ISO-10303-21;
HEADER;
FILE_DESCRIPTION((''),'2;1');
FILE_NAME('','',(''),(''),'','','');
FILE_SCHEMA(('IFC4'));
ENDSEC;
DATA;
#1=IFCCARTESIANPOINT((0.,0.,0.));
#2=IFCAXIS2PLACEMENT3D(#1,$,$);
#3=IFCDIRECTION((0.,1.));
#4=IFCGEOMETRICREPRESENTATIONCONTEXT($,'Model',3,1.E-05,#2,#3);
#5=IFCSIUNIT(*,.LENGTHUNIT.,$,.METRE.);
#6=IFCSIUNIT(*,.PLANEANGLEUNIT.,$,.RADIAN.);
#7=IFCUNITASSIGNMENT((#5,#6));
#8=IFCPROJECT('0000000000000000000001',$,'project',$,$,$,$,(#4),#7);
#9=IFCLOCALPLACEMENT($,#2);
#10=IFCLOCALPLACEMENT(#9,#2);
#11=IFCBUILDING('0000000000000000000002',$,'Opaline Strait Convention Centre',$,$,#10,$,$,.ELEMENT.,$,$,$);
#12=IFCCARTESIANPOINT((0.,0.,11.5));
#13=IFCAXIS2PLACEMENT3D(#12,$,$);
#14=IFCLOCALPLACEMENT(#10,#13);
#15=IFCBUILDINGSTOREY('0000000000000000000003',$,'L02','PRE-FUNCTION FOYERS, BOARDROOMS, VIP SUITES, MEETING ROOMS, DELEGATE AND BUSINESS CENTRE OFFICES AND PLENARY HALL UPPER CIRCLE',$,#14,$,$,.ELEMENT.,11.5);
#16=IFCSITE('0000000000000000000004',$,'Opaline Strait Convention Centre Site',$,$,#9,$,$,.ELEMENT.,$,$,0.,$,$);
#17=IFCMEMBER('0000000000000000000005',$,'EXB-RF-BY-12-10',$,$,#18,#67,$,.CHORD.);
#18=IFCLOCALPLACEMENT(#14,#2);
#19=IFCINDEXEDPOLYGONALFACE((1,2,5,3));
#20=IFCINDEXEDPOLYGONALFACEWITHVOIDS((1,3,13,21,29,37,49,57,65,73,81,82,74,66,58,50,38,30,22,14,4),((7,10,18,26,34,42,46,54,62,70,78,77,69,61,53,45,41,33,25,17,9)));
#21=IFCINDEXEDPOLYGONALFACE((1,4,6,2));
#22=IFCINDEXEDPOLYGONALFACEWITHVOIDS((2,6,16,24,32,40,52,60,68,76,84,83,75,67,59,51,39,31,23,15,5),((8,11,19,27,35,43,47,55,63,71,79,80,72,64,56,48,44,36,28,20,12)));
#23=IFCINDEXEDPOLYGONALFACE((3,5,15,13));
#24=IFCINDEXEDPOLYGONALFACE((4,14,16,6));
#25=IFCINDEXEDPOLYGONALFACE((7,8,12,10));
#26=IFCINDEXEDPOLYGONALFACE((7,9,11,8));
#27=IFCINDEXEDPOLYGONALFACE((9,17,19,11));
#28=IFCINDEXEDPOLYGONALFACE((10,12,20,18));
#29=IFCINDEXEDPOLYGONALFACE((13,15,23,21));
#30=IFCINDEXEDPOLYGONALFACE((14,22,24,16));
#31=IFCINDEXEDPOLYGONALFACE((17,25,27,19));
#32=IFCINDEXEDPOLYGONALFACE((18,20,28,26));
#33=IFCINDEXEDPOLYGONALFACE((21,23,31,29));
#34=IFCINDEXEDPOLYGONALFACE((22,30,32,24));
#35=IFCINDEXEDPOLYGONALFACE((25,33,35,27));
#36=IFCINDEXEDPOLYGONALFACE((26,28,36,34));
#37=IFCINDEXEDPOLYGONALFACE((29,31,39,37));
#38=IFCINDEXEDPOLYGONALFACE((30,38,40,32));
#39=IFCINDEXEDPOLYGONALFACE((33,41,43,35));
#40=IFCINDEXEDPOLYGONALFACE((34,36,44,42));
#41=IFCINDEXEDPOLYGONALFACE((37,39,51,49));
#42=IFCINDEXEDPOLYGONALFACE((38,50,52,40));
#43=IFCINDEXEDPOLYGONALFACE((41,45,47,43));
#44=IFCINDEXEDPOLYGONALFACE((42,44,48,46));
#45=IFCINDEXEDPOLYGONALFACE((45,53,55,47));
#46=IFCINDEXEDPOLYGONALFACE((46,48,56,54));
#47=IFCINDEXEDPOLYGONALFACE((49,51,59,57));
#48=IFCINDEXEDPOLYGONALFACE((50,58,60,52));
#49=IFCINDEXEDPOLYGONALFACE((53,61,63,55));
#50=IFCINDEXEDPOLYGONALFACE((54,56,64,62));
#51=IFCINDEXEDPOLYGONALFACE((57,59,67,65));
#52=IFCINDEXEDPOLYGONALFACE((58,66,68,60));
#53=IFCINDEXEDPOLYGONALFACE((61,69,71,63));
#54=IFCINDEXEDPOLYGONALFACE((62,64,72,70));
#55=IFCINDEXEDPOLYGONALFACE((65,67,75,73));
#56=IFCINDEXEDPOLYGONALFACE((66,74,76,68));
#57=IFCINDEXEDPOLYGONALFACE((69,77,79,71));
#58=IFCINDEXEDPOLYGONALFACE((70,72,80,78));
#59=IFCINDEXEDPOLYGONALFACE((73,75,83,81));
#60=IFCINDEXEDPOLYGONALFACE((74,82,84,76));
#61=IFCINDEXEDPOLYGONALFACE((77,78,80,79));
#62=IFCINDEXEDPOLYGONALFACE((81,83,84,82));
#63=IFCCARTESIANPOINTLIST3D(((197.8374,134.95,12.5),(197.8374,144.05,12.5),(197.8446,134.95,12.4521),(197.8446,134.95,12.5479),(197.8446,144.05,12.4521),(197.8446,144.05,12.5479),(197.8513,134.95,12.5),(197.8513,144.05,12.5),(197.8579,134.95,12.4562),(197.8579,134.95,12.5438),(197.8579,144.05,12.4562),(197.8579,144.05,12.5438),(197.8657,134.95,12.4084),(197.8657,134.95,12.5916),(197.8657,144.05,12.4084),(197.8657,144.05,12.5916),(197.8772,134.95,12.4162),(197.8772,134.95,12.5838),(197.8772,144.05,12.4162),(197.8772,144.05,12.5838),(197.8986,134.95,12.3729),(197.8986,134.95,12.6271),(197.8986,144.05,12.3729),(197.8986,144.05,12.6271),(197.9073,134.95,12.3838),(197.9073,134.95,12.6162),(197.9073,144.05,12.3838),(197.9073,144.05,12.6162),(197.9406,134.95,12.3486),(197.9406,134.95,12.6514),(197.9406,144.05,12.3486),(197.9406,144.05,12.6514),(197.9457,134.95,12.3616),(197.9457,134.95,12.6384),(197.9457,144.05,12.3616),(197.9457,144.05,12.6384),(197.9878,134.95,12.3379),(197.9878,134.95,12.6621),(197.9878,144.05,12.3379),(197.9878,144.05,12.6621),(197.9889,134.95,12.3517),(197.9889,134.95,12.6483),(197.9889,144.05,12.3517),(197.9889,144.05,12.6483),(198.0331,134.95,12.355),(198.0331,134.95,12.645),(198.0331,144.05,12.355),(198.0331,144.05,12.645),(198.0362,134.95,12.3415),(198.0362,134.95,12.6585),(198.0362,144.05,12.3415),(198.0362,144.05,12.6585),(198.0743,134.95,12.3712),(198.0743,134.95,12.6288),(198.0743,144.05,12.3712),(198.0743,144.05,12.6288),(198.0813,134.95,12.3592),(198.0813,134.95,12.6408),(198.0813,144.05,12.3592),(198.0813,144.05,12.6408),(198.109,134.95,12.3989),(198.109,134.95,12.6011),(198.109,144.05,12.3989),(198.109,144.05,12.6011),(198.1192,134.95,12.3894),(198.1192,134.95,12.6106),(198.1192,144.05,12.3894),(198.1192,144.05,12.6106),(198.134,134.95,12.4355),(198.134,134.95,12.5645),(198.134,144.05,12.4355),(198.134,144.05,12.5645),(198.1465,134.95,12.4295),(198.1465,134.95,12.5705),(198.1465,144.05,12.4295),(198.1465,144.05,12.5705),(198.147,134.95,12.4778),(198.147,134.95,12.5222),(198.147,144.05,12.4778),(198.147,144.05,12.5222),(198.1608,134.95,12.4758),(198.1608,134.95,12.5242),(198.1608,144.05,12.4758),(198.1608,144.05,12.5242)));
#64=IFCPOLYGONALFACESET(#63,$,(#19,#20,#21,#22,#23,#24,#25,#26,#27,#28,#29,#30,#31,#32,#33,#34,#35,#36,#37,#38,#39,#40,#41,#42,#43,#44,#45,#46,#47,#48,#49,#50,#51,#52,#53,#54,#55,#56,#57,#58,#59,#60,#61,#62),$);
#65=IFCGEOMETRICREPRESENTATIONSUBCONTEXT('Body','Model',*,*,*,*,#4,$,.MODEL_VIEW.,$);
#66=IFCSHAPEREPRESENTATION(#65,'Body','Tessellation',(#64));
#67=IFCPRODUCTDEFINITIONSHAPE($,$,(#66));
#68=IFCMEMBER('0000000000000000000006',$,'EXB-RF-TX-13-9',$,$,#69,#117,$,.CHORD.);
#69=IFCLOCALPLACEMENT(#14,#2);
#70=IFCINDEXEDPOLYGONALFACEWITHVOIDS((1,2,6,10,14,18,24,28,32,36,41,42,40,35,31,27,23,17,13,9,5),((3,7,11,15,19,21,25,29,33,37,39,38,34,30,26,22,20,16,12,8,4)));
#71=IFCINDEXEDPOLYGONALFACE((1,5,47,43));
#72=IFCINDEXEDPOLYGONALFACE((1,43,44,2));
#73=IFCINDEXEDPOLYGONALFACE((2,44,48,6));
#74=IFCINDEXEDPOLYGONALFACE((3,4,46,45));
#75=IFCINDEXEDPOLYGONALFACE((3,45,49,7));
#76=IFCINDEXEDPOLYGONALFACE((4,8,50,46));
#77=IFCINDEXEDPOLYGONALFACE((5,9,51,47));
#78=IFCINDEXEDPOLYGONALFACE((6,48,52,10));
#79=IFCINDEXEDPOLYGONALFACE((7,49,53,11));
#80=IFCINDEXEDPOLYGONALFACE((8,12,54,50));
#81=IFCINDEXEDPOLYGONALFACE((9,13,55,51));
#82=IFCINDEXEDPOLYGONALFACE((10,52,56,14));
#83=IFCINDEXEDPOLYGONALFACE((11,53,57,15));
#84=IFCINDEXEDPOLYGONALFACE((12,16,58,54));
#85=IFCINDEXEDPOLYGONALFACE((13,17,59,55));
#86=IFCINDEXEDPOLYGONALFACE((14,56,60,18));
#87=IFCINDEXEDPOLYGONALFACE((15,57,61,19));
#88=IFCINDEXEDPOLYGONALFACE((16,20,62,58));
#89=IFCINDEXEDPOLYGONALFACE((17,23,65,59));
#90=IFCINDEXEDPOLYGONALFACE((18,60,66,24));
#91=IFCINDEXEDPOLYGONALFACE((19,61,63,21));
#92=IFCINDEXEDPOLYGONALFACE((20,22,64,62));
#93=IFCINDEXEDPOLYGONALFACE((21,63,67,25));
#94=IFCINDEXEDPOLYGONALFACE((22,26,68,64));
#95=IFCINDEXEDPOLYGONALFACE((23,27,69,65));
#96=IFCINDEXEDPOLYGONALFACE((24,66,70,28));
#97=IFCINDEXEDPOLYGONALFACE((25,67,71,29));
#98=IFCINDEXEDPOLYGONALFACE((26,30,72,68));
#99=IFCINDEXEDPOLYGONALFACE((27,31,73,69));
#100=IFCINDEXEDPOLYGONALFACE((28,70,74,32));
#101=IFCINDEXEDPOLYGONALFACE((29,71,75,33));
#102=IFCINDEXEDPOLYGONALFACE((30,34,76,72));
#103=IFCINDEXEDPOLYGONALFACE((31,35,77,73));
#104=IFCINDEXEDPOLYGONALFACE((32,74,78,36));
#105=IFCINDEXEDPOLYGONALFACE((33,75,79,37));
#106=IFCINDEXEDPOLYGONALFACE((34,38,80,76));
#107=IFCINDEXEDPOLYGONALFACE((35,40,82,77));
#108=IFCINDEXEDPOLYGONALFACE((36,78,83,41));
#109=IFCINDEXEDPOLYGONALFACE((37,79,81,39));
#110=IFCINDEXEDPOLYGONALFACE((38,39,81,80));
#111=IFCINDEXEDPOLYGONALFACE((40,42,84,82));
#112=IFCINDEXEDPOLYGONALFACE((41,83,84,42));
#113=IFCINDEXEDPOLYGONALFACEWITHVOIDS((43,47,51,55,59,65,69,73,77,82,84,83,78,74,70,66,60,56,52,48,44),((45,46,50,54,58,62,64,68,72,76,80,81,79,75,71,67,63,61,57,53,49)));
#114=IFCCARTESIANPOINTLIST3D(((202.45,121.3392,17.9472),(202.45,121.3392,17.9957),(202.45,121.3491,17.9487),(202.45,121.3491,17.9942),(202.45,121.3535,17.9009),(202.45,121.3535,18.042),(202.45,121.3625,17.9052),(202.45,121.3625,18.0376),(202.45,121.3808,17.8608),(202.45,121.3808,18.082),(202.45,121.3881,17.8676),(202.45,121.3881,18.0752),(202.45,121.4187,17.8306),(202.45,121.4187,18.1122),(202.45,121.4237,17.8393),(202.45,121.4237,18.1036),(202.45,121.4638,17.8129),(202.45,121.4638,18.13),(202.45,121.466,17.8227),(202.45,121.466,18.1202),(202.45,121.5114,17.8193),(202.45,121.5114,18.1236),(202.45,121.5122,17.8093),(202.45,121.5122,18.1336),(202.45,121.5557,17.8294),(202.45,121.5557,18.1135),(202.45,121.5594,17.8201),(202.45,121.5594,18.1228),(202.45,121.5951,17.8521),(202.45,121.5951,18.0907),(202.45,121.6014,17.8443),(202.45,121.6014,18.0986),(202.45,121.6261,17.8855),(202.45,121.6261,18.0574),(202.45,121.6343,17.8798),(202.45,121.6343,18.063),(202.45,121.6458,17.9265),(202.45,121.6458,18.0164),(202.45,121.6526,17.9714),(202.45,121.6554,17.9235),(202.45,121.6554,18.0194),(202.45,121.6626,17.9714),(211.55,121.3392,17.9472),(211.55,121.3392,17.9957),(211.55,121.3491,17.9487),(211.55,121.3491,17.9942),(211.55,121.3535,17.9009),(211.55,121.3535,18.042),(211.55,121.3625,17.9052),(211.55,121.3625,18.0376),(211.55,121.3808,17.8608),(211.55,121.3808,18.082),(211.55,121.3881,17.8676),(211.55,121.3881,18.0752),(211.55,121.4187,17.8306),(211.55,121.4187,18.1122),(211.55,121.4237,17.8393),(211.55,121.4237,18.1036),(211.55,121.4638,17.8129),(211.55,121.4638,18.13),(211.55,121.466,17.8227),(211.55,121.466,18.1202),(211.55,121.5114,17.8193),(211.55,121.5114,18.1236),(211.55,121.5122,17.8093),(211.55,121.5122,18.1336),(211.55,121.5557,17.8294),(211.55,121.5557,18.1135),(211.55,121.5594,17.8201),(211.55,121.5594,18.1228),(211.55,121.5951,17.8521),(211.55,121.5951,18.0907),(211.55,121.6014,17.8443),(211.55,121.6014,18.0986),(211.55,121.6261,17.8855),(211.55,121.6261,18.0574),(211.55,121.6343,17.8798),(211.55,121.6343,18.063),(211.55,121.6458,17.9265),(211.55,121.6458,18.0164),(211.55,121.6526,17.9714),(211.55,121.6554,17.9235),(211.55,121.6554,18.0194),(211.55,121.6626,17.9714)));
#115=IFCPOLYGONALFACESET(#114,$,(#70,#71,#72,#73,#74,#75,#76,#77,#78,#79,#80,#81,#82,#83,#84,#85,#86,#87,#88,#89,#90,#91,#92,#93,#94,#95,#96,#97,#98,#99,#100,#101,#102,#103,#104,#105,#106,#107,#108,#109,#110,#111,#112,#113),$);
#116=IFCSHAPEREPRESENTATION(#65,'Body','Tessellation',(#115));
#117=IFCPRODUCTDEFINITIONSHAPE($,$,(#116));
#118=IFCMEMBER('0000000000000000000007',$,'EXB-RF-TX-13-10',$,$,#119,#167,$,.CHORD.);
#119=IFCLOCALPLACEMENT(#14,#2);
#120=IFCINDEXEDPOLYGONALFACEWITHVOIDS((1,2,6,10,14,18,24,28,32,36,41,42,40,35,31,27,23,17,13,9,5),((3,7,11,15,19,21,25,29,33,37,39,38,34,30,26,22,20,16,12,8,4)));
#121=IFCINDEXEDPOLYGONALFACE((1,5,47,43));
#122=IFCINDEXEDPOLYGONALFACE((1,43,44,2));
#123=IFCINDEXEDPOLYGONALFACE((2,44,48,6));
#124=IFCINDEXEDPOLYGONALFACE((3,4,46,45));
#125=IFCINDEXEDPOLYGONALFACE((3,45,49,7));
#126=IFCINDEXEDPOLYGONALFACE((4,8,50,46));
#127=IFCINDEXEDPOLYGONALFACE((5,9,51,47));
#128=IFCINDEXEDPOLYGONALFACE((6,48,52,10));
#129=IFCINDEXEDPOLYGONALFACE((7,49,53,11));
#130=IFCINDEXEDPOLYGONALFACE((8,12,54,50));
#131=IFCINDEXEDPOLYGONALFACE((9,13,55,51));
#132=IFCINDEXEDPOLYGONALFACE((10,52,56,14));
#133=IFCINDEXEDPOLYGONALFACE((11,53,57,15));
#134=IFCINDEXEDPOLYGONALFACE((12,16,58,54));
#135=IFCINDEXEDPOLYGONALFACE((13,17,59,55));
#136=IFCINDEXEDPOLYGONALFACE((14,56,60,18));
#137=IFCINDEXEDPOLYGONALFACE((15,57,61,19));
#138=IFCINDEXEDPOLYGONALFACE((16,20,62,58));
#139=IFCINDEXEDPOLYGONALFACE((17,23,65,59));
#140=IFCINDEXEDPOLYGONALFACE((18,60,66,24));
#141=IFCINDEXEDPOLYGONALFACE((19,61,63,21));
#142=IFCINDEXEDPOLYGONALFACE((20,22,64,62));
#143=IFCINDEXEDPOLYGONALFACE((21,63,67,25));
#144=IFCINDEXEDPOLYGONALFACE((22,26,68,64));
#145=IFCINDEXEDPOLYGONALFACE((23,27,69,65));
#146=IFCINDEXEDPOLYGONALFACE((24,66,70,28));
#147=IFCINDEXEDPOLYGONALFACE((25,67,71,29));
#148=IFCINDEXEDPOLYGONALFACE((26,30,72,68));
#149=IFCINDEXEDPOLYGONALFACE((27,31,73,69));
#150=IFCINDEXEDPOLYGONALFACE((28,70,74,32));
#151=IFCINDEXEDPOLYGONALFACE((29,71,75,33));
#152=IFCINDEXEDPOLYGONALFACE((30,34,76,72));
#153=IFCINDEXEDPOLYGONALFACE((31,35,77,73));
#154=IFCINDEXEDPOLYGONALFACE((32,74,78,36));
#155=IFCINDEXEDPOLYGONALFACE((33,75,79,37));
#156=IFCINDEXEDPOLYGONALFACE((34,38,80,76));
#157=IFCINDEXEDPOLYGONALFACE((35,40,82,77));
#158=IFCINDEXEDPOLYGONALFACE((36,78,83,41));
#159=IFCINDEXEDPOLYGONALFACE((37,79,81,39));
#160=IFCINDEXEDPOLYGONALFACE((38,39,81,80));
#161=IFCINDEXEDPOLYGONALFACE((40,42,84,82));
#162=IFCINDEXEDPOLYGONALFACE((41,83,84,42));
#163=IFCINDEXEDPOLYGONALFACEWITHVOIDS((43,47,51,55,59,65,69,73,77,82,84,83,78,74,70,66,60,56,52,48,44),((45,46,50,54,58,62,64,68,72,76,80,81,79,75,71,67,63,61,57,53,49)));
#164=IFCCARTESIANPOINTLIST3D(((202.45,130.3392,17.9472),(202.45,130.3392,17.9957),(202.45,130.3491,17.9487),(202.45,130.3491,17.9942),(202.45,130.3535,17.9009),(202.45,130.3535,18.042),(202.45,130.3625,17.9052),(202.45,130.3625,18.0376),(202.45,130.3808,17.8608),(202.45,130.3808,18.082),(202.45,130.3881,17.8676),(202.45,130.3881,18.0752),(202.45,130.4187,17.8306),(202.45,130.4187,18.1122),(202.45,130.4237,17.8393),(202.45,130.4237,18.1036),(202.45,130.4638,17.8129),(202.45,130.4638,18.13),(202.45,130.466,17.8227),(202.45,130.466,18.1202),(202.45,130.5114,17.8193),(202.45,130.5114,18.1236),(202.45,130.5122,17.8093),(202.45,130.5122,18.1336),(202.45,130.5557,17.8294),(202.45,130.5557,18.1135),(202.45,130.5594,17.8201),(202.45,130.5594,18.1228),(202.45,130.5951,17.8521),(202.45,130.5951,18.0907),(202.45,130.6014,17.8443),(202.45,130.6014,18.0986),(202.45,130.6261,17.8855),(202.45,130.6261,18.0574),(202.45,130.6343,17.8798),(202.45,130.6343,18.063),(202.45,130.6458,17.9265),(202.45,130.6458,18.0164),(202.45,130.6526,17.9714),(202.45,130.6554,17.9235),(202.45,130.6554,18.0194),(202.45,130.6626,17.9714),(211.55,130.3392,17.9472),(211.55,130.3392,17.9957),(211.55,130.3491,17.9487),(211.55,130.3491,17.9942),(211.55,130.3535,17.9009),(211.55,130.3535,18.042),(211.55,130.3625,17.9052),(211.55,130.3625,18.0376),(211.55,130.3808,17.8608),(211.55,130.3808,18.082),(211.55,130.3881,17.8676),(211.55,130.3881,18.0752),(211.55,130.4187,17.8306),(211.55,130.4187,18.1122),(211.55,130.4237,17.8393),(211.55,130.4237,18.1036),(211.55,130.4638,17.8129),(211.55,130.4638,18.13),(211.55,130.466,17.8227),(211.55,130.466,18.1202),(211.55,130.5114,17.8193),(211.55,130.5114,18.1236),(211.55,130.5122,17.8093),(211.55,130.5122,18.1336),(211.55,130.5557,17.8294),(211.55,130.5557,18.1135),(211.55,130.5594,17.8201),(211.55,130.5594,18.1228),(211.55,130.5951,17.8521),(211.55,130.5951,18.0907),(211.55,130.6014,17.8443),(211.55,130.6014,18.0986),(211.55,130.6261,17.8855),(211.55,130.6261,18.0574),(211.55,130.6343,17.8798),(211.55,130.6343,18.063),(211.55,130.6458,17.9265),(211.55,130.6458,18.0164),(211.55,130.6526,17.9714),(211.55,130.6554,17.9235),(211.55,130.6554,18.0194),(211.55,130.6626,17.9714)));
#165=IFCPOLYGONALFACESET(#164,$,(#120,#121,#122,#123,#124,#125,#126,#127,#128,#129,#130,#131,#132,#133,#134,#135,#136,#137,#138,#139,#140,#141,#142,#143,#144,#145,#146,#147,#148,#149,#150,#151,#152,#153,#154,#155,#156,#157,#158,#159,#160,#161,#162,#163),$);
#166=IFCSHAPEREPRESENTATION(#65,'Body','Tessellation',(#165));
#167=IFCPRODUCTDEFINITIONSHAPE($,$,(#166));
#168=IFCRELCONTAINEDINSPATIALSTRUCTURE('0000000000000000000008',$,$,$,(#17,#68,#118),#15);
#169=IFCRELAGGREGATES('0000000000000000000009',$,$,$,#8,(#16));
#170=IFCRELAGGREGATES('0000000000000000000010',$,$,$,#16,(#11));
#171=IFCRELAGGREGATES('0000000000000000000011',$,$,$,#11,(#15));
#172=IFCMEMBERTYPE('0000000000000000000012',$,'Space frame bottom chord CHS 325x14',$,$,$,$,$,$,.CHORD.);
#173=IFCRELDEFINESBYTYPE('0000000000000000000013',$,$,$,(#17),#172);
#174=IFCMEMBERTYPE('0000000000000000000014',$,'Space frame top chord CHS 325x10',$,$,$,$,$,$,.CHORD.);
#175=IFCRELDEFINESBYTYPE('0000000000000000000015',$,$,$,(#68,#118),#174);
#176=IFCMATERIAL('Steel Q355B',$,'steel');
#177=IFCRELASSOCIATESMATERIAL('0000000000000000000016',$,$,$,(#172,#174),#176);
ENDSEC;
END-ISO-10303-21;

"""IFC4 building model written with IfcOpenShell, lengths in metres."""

from ifc_helpers import new_model, si_unit, direction, frame, origin, origin_2d, place, context, subcontext, project, spatial, hollow_circle, extrude, material, material_profile, profile_set, type_object, element, save


model = new_model("IFC4")

# Units and contexts
model_context = context("Model", 3, precision=1e-05, world=origin(), true_north=direction((0.0, 1.0)))
body_context = subcontext(model_context, "Body", "Model", "MODEL_VIEW")
ifc_project = project(units=[si_unit("LENGTHUNIT", "METRE"), si_unit("PLANEANGLEUNIT", "RADIAN")], contexts=[model_context])

# Site, building, storey
site_placement = place(None, origin())
site = spatial("IfcSite", under=ifc_project, at=site_placement, Name="Opaline Strait Convention Centre Site", CompositionType="ELEMENT", RefElevation=0.0)
building_placement = place(site_placement, origin())
building = spatial("IfcBuilding", under=site, at=building_placement, Name="Opaline Strait Convention Centre", CompositionType="ELEMENT")
storey_placement = place(building_placement, frame((0.0, 0.0, 11.5)))
storey = spatial("IfcBuildingStorey", under=building, at=storey_placement, Name="L02", Description="PRE-FUNCTION FOYERS, BOARDROOMS, VIP SUITES, MEETING ROOMS, DELEGATE AND BUSINESS CENTRE OFFICES AND PLENARY HALL UPPER CIRCLE", CompositionType="ELEMENT", Elevation=11.5)

# Members
ifc_material = material(Name="Steel Q355B", Category="steel")
ifc_material_profile_1 = material_profile(ifc_material, hollow_circle(Radius=0.1626, WallThickness=0.0139, at=origin_2d()), Name="CHS 325x14")
ifc_profile_set_1 = profile_set([ifc_material_profile_1], Name="Steel Q355B")
member_type_1 = type_object("IfcMemberType", Name="Space frame bottom chord CHS 325x14", PredefinedType="CHORD", material=ifc_profile_set_1)
for number, where, z_axis, x_axis, name in (
    (1, (198.0, 134.95, 12.5), (0.0, 1.0, 0.0), (-1.0, 0.0, 0.0), "EXB-RF-BY-12-10"),
):
    element("IfcMember", number, at=place(storey_placement, frame(where, z_axis=z_axis, x_axis=x_axis)), inside=storey, type_object=member_type_1, Name=name, PredefinedType="CHORD", context=body_context, shape_type="SweptSolid", body=[
        extrude(hollow_circle(Radius=0.1626, WallThickness=0.0139, at=origin_2d()), origin(), (0.0, 0.0, 1.0), 9.1001),
    ])
ifc_material_profile_2 = material_profile(ifc_material, hollow_circle(Radius=0.1626, WallThickness=0.01, at=origin_2d()), Name="CHS 325x10")
ifc_profile_set_2 = profile_set([ifc_material_profile_2], Name="Steel Q355B")
member_type_2 = type_object("IfcMemberType", Name="Space frame top chord CHS 325x10", PredefinedType="CHORD", material=ifc_profile_set_2)
for number, where, z_axis, x_axis, name in (
    (2, (202.45, 121.5, 17.9714), (1.0, 0.0, 0.0), (0.0, 1.0, 0.0), "EXB-RF-TX-13-9"),
    (3, (202.45, 130.5, 17.9714), (1.0, 0.0, 0.0), (0.0, 1.0, 0.0), "EXB-RF-TX-13-10"),
):
    element("IfcMember", number, at=place(storey_placement, frame(where, z_axis=z_axis, x_axis=x_axis)), inside=storey, type_object=member_type_2, Name=name, PredefinedType="CHORD", context=body_context, shape_type="SweptSolid", body=[
        extrude(hollow_circle(Radius=0.1626, WallThickness=0.01, at=origin_2d()), origin(), (0.0, 0.0, 1.0), 9.1001),
    ])

save(model, "model.ifc")
